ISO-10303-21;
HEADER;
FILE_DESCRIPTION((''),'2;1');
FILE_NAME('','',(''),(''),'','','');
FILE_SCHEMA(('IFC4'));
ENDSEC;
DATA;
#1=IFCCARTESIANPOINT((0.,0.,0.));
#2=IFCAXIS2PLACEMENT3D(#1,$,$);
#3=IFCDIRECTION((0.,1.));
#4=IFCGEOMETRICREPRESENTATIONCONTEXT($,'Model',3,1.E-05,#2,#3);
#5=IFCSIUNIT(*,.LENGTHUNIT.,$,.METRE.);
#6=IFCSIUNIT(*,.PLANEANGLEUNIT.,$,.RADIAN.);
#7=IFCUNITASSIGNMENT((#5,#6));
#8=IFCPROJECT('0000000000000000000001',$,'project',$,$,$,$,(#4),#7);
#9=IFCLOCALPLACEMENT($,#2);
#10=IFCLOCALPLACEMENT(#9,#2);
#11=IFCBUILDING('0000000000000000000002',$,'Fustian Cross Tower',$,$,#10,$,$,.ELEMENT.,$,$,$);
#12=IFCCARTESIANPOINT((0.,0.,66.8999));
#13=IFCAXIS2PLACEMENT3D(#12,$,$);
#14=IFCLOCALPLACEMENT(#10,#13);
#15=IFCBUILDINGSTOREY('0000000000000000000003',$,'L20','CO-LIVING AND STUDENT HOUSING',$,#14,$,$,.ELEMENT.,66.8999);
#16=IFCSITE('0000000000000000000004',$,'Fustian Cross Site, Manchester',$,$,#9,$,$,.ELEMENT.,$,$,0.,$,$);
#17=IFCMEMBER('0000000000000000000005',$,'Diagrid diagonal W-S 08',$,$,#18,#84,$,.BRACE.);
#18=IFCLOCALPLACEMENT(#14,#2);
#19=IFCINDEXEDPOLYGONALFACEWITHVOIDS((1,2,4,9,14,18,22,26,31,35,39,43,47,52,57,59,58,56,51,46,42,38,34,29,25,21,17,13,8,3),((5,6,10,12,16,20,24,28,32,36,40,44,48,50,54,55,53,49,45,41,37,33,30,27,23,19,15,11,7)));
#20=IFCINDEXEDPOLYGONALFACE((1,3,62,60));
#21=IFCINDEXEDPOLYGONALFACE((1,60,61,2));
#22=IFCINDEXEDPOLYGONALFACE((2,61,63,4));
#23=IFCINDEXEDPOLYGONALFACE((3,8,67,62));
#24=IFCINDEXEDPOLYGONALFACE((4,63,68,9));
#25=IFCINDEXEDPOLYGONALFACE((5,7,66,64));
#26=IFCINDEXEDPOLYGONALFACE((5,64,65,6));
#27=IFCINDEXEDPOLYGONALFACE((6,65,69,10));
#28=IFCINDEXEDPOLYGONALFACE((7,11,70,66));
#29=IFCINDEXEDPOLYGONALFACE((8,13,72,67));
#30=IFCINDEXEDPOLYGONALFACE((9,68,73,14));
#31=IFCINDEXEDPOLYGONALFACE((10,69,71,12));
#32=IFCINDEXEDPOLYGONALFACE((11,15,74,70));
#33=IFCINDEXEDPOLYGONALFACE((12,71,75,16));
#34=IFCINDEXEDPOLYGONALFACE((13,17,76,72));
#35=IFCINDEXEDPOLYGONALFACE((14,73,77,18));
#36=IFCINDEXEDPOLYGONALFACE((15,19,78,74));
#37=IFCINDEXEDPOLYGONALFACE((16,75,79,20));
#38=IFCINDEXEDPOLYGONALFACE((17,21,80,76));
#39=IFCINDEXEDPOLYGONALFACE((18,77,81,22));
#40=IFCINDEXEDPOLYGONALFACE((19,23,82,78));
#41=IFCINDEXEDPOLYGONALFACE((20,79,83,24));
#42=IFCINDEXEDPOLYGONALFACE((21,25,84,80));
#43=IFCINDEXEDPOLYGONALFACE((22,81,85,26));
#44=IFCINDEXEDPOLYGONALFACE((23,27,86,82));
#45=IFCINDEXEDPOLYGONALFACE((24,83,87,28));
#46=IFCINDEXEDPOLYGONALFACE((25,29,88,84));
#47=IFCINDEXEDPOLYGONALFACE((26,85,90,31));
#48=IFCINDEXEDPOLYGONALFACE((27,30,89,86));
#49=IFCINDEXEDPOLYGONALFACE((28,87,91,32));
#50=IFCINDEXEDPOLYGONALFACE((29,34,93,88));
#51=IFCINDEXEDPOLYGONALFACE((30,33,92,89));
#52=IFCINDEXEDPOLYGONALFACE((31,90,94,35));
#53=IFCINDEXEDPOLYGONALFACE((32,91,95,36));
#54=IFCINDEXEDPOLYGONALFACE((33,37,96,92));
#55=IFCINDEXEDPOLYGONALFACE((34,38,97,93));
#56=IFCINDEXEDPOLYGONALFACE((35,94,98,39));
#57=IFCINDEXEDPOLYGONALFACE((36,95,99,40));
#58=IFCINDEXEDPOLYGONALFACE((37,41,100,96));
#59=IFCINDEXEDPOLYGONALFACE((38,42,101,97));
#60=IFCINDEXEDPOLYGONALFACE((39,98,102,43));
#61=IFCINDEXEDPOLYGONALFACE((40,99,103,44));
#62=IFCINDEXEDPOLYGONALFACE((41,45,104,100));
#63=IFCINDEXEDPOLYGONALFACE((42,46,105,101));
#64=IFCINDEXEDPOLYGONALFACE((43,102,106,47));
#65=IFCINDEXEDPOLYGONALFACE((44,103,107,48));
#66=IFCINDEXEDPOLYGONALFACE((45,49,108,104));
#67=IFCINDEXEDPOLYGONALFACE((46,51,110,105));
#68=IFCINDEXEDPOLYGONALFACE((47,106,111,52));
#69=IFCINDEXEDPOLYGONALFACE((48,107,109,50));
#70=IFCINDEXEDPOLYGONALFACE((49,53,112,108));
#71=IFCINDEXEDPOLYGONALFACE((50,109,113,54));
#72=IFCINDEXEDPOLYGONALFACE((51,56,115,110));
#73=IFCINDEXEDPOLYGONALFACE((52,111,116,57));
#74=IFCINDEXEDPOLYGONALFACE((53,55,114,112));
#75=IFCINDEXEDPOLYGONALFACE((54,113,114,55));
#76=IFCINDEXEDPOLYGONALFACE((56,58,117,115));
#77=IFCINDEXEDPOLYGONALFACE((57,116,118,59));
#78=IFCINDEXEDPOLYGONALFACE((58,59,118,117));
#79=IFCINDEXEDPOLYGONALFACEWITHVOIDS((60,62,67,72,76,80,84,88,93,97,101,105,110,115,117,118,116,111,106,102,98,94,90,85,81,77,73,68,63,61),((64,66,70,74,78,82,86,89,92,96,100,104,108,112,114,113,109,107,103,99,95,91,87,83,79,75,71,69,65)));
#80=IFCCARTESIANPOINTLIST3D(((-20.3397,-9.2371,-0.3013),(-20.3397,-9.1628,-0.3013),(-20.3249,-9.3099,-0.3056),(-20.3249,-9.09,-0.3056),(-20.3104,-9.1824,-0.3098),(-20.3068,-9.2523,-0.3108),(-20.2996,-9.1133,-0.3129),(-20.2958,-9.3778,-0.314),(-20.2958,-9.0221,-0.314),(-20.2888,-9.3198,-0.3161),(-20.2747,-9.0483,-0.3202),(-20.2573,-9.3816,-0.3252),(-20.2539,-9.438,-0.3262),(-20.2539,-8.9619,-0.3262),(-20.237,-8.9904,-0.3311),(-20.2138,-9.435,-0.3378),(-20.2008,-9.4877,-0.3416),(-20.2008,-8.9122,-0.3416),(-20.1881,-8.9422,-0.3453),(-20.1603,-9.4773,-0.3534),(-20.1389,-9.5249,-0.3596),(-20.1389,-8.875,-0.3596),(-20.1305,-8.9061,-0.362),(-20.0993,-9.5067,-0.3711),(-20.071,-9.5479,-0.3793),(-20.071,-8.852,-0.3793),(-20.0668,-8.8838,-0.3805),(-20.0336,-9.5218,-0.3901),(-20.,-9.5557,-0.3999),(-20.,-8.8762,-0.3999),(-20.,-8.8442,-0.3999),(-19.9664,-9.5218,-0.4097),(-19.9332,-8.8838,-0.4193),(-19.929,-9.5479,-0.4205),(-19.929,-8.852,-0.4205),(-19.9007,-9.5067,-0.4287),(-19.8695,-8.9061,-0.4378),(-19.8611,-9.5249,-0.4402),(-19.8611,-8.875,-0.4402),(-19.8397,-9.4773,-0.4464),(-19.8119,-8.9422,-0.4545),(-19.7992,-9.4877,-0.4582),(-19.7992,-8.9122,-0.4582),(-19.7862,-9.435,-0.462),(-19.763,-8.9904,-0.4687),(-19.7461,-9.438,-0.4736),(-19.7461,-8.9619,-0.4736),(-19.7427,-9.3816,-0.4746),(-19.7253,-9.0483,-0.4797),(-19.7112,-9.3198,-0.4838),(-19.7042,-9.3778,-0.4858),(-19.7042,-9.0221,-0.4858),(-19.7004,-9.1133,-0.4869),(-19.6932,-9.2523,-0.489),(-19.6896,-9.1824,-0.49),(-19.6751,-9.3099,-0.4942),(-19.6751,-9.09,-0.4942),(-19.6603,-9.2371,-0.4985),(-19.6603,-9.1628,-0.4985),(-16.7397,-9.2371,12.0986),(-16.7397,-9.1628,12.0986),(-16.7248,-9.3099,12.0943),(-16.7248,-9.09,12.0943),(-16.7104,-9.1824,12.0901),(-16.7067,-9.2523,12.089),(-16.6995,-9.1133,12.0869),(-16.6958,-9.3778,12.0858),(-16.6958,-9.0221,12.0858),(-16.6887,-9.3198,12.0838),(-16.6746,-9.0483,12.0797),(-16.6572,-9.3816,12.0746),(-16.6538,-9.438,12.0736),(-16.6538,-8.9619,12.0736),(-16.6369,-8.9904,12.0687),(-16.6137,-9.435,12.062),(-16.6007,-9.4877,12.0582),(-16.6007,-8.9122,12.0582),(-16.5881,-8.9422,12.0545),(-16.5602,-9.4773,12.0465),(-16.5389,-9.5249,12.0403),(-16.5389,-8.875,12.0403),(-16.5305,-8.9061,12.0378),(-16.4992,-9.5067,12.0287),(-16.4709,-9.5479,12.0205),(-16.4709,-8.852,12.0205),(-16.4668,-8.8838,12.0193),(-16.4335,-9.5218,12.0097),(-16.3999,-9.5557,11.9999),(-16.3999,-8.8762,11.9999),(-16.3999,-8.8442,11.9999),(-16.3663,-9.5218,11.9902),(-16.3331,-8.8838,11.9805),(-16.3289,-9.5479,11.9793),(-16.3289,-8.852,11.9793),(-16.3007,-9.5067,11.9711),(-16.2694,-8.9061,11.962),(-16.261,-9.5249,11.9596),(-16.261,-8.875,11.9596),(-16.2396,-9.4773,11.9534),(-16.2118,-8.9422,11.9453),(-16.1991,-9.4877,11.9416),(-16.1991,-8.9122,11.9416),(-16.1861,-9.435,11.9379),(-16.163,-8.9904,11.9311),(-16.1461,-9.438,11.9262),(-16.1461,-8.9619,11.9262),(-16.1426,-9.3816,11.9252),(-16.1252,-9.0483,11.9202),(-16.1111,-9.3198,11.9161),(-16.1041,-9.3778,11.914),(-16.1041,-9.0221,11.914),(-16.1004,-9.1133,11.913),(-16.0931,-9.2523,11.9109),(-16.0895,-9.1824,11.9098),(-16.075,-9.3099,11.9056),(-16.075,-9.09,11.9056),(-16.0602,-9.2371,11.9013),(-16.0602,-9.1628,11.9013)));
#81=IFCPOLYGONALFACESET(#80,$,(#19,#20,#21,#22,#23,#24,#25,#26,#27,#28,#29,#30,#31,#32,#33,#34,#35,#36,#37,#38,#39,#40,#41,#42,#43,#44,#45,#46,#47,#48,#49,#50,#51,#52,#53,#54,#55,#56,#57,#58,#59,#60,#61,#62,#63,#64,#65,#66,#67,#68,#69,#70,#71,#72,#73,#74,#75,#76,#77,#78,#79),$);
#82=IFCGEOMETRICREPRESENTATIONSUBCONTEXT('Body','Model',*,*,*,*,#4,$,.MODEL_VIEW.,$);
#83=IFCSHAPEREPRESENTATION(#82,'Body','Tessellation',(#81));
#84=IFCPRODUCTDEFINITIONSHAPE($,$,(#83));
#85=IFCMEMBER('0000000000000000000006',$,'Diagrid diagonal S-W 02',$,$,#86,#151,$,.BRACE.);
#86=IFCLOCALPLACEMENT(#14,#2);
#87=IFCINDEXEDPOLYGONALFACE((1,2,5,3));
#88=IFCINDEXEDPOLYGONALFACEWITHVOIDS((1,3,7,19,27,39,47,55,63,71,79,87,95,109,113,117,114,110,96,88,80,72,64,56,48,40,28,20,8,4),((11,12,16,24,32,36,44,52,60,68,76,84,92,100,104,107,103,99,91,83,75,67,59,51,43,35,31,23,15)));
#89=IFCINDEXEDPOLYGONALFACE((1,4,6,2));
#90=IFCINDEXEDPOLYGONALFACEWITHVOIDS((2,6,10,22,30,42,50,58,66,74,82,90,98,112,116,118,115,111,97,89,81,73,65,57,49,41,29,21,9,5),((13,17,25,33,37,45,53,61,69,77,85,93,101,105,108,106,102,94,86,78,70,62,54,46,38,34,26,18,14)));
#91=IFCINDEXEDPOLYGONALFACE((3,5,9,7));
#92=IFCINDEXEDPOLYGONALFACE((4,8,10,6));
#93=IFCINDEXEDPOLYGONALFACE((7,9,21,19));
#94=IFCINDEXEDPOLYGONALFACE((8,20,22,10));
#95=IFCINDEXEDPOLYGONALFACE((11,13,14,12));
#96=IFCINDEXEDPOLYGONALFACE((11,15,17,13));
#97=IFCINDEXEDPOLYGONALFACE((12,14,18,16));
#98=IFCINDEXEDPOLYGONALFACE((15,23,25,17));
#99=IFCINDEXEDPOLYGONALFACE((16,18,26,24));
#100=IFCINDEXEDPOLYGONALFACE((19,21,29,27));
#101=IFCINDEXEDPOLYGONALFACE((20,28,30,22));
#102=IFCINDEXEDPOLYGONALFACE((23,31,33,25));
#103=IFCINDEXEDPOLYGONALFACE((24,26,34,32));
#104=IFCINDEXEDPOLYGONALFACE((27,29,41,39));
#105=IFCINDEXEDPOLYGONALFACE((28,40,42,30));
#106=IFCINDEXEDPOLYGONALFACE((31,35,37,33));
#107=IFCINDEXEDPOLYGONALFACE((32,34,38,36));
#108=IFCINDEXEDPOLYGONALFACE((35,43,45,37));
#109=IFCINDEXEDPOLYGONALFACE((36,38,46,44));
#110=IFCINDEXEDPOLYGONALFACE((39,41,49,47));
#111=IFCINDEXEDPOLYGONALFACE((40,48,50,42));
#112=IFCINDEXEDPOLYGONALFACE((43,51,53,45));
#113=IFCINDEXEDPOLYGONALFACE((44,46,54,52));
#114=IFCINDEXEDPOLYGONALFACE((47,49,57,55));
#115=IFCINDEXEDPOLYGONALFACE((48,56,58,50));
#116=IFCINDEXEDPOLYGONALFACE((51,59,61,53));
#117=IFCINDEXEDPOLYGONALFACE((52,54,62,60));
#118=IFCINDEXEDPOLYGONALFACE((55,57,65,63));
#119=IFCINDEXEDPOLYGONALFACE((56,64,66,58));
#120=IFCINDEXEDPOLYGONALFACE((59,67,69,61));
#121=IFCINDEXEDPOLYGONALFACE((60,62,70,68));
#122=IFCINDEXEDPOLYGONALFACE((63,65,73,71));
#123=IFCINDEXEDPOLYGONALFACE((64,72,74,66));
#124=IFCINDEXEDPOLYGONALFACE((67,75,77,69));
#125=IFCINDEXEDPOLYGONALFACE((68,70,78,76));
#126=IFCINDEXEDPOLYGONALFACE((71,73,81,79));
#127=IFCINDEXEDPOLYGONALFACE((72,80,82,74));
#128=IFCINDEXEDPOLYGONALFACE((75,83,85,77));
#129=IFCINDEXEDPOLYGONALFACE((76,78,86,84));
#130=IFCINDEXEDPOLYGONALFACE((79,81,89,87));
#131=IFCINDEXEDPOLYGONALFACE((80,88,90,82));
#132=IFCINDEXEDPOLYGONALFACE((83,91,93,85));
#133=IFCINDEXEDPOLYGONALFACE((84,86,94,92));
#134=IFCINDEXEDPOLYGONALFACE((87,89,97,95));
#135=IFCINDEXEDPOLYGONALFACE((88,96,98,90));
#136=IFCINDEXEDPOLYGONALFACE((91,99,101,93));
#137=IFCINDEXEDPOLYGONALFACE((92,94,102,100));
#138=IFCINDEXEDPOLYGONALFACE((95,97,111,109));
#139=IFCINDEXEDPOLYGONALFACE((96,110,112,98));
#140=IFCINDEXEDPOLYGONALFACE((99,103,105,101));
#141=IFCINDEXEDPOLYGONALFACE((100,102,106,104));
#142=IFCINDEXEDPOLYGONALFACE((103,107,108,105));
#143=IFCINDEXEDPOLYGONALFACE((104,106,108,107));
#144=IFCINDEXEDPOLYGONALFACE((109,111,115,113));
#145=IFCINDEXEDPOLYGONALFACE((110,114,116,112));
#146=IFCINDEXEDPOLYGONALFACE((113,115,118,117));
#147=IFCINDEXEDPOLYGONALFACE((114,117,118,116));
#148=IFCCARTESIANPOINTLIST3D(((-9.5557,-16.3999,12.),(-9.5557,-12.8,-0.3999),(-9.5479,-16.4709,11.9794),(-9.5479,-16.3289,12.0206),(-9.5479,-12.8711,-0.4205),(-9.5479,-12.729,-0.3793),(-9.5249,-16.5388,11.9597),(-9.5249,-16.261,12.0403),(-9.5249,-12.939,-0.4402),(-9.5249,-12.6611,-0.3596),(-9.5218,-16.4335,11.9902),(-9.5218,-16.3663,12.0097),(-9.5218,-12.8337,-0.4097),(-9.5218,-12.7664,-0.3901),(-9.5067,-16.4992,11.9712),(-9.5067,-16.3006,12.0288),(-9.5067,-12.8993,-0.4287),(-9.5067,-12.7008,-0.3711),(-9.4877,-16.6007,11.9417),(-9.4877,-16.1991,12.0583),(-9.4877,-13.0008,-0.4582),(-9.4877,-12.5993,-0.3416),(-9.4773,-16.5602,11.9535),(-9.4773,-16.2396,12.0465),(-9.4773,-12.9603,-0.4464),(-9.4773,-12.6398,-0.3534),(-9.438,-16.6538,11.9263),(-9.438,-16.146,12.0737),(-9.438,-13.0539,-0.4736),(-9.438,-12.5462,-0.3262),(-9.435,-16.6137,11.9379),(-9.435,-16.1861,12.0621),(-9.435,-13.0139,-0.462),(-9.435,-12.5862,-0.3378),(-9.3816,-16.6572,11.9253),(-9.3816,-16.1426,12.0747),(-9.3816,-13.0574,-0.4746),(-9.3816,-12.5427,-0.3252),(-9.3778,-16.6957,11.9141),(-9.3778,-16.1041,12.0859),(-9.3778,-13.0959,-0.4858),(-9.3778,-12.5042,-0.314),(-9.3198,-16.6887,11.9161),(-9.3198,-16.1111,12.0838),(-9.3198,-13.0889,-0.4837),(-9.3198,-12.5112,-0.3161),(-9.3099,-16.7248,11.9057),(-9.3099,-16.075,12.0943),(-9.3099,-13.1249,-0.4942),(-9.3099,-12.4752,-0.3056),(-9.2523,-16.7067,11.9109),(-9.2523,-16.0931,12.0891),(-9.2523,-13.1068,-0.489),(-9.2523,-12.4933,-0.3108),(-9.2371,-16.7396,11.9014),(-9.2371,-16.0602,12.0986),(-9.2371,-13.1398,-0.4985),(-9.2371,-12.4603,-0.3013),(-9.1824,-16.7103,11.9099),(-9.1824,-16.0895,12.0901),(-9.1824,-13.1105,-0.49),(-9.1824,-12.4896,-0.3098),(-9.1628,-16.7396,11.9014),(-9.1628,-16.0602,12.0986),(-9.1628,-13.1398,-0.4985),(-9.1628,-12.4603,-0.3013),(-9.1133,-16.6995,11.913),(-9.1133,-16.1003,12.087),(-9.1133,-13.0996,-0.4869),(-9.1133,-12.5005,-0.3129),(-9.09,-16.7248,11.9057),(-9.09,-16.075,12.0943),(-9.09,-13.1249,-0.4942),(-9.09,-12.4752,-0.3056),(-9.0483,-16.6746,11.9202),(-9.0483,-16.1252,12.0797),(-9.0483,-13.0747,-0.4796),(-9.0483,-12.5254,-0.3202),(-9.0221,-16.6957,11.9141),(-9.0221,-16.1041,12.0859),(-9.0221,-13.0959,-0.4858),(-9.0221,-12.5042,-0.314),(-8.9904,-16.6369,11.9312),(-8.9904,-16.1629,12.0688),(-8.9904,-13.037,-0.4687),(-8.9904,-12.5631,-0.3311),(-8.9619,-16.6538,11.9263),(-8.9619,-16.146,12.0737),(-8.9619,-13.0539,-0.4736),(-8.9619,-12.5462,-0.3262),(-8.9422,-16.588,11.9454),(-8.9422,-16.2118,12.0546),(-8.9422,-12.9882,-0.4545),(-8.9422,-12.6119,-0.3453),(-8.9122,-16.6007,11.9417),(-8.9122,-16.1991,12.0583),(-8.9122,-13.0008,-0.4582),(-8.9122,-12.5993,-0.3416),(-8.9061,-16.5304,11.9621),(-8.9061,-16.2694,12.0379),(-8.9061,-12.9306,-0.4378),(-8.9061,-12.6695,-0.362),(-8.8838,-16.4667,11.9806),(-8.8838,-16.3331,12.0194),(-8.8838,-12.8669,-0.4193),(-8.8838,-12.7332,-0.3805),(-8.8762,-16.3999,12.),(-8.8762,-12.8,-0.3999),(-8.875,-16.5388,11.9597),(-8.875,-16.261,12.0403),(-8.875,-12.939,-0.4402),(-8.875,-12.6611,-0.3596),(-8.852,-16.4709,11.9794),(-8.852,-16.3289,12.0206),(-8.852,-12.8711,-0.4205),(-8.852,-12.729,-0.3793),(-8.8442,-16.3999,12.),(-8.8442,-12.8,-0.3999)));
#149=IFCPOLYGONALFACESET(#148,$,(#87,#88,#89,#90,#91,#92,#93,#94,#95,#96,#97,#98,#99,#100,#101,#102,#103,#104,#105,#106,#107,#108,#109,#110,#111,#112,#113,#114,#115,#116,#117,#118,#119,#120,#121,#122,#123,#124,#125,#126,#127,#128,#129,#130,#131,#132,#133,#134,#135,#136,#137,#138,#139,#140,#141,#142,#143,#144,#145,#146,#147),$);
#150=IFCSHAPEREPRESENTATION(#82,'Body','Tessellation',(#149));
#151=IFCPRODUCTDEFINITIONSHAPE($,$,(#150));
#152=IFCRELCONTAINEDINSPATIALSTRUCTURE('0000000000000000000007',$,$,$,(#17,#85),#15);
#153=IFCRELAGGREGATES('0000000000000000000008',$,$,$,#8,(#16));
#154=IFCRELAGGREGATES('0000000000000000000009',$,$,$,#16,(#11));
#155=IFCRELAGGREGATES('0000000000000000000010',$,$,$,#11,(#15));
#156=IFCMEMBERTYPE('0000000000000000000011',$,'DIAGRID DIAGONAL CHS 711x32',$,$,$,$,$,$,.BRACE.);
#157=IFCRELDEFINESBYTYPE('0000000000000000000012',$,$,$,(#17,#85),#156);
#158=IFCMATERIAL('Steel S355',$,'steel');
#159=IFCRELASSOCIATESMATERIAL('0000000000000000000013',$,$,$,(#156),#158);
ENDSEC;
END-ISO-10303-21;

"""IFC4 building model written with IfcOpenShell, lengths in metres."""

from ifc_helpers import new_model, si_unit, direction, frame, origin, origin_2d, place, context, subcontext, project, spatial, hollow_circle, extrude, material, material_profile, profile_set, type_object, element, save


model = new_model("IFC4")

# Units and contexts
model_context = context("Model", 3, precision=1e-05, world=origin(), true_north=direction((0.0, 1.0)))
body_context = subcontext(model_context, "Body", "Model", "MODEL_VIEW")
ifc_project = project(units=[si_unit("LENGTHUNIT", "METRE"), si_unit("PLANEANGLEUNIT", "RADIAN")], contexts=[model_context])

# Site, building, storey
site_placement = place(None, origin())
site = spatial("IfcSite", under=ifc_project, at=site_placement, Name="Fustian Cross Site, Manchester", CompositionType="ELEMENT", RefElevation=0.0)
building_placement = place(site_placement, origin())
building = spatial("IfcBuilding", under=site, at=building_placement, Name="Fustian Cross Tower", CompositionType="ELEMENT")
storey_placement = place(building_placement, frame((0.0, 0.0, 66.8999)))
storey = spatial("IfcBuildingStorey", under=building, at=storey_placement, Name="L20", Description="CO-LIVING AND STUDENT HOUSING", CompositionType="ELEMENT", Elevation=66.8999)

# Members
ifc_material_1 = material(Name="Steel S355", Category="steel")
ifc_material_profile_1 = material_profile(ifc_material_1, hollow_circle(Radius=0.3557, WallThickness=0.032, at=origin_2d()), Name="CHS 711x32")
ifc_profile_set_1 = profile_set([ifc_material_profile_1], Name="Steel S355")
member_type_1 = type_object("IfcMemberType", Name="DIAGRID DIAGONAL CHS 711x32", PredefinedType="BRACE", material=ifc_profile_set_1)
for number, where, z_axis, x_axis, name in (
    (1, (-20.0, -9.2, -0.3999), (0.278819, 0.0, 0.960344), (0.0, 1.0, 0.0), "Diagrid diagonal W-S 08"),
    (2, (-9.2, -12.8, -0.3999), (0.0, -0.278802, 0.960349), (1.0, 0.0, 0.0), "Diagrid diagonal S-W 02"),
):
    element("IfcMember", number, at=place(storey_placement, frame(where, z_axis=z_axis, x_axis=x_axis)), inside=storey, type_object=member_type_1, Name=name, PredefinedType="BRACE", context=body_context, shape_type="SweptSolid", body=[
        extrude(hollow_circle(Radius=0.3557, WallThickness=0.032, at=origin_2d()), origin(), (0.0, 0.0, 1.0), 12.9119),
    ])

save(model, "model.ifc")
